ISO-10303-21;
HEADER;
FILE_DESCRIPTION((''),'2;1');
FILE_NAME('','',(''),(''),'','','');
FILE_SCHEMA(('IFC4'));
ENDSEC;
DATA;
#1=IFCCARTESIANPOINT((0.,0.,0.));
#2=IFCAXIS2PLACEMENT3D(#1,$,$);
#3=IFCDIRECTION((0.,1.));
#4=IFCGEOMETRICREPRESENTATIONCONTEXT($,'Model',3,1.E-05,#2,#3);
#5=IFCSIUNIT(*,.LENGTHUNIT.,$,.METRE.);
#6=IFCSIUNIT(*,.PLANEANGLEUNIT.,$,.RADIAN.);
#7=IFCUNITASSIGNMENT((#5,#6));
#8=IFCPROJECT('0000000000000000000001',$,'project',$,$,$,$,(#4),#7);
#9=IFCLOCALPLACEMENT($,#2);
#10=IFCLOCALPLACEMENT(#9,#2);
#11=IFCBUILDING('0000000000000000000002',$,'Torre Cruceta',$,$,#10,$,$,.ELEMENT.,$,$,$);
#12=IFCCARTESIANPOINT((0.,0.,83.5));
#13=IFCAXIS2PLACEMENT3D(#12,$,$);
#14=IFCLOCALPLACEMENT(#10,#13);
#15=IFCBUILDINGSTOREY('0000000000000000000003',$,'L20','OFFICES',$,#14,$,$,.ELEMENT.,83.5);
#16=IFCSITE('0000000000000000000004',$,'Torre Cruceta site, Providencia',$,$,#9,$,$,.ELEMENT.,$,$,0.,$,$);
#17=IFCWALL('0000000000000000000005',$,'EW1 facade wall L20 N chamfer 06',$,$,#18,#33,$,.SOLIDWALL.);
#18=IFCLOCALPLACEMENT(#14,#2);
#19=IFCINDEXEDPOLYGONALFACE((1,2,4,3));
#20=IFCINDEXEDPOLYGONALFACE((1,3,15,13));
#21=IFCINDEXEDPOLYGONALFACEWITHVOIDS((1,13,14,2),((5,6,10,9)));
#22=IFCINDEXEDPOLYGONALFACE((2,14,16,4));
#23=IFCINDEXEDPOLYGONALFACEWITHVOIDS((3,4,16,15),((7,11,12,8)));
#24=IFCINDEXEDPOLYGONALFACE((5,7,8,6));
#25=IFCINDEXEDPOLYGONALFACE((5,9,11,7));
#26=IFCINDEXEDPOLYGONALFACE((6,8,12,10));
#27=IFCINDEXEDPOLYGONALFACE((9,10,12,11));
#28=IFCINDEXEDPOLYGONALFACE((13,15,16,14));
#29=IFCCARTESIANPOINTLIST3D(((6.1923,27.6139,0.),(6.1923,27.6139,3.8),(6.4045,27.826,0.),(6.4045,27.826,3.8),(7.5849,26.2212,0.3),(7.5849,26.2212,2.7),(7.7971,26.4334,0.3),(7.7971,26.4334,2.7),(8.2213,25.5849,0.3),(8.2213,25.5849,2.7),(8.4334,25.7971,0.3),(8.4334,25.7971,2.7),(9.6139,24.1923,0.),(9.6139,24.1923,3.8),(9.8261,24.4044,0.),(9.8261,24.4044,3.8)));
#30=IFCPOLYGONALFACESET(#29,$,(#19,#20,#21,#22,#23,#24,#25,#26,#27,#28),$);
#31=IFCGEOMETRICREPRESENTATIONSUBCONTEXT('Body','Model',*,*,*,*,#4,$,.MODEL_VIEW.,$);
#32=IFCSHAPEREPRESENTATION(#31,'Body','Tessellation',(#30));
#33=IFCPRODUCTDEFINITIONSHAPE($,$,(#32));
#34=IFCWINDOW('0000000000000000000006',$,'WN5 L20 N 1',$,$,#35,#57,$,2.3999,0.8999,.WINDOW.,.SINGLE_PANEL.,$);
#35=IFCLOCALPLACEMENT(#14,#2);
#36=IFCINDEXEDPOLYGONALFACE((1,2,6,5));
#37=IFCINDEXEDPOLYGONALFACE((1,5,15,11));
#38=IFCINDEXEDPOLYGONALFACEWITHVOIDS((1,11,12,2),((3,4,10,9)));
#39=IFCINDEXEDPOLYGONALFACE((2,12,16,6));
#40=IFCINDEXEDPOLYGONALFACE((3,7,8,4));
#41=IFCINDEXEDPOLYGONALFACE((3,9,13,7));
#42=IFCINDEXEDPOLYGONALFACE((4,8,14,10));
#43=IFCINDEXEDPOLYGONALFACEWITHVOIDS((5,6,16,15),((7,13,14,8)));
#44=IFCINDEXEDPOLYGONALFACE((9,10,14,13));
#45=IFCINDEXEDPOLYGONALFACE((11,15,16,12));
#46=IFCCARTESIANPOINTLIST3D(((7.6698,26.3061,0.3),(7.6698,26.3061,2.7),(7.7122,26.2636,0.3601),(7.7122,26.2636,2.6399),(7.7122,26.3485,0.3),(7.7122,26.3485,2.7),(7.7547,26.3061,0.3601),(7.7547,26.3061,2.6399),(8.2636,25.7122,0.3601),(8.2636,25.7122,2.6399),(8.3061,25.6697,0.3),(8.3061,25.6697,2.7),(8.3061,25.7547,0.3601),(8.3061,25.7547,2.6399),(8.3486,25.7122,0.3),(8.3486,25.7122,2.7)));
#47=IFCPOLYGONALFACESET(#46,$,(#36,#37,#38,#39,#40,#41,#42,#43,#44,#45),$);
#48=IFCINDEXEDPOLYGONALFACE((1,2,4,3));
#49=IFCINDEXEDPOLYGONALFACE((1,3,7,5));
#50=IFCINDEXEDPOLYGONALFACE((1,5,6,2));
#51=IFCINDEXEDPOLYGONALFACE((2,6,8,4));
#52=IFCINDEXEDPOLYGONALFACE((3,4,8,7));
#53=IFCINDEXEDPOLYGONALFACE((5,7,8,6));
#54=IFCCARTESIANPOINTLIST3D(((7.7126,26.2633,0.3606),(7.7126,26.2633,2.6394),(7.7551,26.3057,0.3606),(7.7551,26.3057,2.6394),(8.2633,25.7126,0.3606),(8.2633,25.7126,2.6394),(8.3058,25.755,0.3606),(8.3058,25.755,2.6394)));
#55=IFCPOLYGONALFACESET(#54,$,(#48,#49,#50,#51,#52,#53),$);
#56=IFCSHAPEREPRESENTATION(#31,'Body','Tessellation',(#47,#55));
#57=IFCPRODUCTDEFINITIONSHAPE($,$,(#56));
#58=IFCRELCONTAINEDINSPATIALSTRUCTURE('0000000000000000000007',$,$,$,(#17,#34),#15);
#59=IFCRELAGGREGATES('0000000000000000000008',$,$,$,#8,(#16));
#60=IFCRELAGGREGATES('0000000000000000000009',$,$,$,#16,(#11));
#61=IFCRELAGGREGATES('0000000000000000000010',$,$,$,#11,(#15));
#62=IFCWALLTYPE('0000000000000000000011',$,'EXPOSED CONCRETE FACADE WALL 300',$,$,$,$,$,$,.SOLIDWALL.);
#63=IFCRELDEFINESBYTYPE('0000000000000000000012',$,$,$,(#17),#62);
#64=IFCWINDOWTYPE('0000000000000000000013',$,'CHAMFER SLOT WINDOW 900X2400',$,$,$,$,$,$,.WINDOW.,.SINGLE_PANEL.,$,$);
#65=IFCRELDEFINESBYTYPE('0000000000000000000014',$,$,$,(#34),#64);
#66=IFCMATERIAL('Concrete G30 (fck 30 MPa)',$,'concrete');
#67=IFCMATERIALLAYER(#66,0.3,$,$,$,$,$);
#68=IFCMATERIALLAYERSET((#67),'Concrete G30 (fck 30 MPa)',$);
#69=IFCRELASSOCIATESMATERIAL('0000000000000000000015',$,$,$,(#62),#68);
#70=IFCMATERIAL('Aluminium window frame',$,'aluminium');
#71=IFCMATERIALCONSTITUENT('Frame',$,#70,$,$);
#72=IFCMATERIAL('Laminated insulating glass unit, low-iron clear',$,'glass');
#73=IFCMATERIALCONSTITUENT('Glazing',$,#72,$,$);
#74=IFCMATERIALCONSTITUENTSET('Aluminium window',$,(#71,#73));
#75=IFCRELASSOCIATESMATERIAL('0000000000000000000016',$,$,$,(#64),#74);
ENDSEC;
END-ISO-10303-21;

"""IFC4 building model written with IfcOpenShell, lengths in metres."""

from ifc_helpers import new_model, si_unit, direction, frame, frame_2d, origin, place, context, subcontext, project, spatial, rectangle, hollow_rectangle, extrude, material, layer, layer_set, constituent, constituent_set, type_object, element, fill, save


model = new_model("IFC4")

# Units and contexts
model_context = context("Model", 3, precision=1e-05, world=origin(), true_north=direction((0.0, 1.0)))
body_context = subcontext(model_context, "Body", "Model", "MODEL_VIEW")
ifc_project = project(units=[si_unit("LENGTHUNIT", "METRE"), si_unit("PLANEANGLEUNIT", "RADIAN")], contexts=[model_context])

# Site, building, storey
site_placement = place(None, origin())
site = spatial("IfcSite", under=ifc_project, at=site_placement, Name="Torre Cruceta site, Providencia", CompositionType="ELEMENT", RefElevation=0.0)
building_placement = place(site_placement, origin())
building = spatial("IfcBuilding", under=site, at=building_placement, Name="Torre Cruceta", CompositionType="ELEMENT")
storey_placement = place(building_placement, frame((0.0, 0.0, 83.5)))
storey = spatial("IfcBuildingStorey", under=building, at=storey_placement, Name="L20", Description="OFFICES", CompositionType="ELEMENT", Elevation=83.5)

# Wall, opening, window
ifc_material_1 = material(Name="Concrete G30 (fck 30 MPa)", Category="concrete")
ifc_layer_1 = layer(ifc_material_1, 0.3)
ifc_layer_set_1 = layer_set([ifc_layer_1], Name="Concrete G30 (fck 30 MPa)")
wall_type = type_object("IfcWallType", Name="EXPOSED CONCRETE FACADE WALL 300", PredefinedType="SOLIDWALL", material=ifc_layer_set_1)
wall_placement = place(storey_placement, frame((9.72, 24.2983, 0.0), z_axis=(0.0, 0.0, 1.0), x_axis=(-0.707107, 0.707107, 0.0)))
wall = element("IfcWall", 1, at=wall_placement, inside=storey, type_object=wall_type, Name="EW1 facade wall L20 N chamfer 06", PredefinedType="SOLIDWALL", context=body_context, shape_type="SweptSolid", body=[
    extrude(rectangle(XDim=4.8389, YDim=0.3, at=frame_2d((2.4194, 0.0))), origin(), (0.0, 0.0, 1.0), 3.8),
])
opening_placement = place(wall_placement, frame((1.9695, 0.0, 0.3)))
opening = element("IfcOpeningElement", 2, at=opening_placement, cuts=wall, PredefinedType="OPENING", context=body_context, shape_type="SweptSolid", body=[
    extrude(rectangle(XDim=0.8999, YDim=2.3999, at=frame_2d((0.45, 1.2))), frame((0.0, 0.1599, 0.0), z_axis=(0.0, -1.0, 0.0), x_axis=(1.0, 0.0, 0.0)), (0.0, 0.0, 1.0), 0.3201),
])
ifc_material_2 = material(Name="Aluminium window frame", Category="aluminium")
ifc_constituent_1 = constituent(ifc_material_2, Name="Frame")
ifc_material_3 = material(Name="Laminated insulating glass unit, low-iron clear", Category="glass")
ifc_constituent_2 = constituent(ifc_material_3, Name="Glazing")
ifc_constituent_set = constituent_set(constituents=[ifc_constituent_1, ifc_constituent_2], Name="Aluminium window")
window_type = type_object("IfcWindowType", Name="CHAMFER SLOT WINDOW 900X2400", PartitioningType="SINGLE_PANEL", PredefinedType="WINDOW", material=ifc_constituent_set)
window_placement = place(opening_placement, origin())
window = element("IfcWindow", 3, at=window_placement, inside=storey, type_object=window_type, Name="WN5 L20 N 1", OverallHeight=2.3999, OverallWidth=0.8999, PartitioningType="SINGLE_PANEL", PredefinedType="WINDOW", context=body_context, shape_type="SweptSolid", body=[
    extrude(hollow_rectangle(XDim=0.8999, YDim=2.3999, WallThickness=0.0601, at=frame_2d((0.45, 1.2))), frame((0.0, 0.03, 0.0), z_axis=(0.0, -1.0, 0.0), x_axis=(1.0, 0.0, 0.0)), (0.0, 0.0, 1.0), 0.0601),
    extrude(rectangle(XDim=0.7788, YDim=2.2788, at=frame_2d((0.45, 1.2))), frame((0.0, 0.03, 0.0), z_axis=(0.0, -1.0, 0.0), x_axis=(1.0, 0.0, 0.0)), (0.0, 0.0, 1.0), 0.0601),
])
fill(opening, window)

save(model, "model.ifc")
